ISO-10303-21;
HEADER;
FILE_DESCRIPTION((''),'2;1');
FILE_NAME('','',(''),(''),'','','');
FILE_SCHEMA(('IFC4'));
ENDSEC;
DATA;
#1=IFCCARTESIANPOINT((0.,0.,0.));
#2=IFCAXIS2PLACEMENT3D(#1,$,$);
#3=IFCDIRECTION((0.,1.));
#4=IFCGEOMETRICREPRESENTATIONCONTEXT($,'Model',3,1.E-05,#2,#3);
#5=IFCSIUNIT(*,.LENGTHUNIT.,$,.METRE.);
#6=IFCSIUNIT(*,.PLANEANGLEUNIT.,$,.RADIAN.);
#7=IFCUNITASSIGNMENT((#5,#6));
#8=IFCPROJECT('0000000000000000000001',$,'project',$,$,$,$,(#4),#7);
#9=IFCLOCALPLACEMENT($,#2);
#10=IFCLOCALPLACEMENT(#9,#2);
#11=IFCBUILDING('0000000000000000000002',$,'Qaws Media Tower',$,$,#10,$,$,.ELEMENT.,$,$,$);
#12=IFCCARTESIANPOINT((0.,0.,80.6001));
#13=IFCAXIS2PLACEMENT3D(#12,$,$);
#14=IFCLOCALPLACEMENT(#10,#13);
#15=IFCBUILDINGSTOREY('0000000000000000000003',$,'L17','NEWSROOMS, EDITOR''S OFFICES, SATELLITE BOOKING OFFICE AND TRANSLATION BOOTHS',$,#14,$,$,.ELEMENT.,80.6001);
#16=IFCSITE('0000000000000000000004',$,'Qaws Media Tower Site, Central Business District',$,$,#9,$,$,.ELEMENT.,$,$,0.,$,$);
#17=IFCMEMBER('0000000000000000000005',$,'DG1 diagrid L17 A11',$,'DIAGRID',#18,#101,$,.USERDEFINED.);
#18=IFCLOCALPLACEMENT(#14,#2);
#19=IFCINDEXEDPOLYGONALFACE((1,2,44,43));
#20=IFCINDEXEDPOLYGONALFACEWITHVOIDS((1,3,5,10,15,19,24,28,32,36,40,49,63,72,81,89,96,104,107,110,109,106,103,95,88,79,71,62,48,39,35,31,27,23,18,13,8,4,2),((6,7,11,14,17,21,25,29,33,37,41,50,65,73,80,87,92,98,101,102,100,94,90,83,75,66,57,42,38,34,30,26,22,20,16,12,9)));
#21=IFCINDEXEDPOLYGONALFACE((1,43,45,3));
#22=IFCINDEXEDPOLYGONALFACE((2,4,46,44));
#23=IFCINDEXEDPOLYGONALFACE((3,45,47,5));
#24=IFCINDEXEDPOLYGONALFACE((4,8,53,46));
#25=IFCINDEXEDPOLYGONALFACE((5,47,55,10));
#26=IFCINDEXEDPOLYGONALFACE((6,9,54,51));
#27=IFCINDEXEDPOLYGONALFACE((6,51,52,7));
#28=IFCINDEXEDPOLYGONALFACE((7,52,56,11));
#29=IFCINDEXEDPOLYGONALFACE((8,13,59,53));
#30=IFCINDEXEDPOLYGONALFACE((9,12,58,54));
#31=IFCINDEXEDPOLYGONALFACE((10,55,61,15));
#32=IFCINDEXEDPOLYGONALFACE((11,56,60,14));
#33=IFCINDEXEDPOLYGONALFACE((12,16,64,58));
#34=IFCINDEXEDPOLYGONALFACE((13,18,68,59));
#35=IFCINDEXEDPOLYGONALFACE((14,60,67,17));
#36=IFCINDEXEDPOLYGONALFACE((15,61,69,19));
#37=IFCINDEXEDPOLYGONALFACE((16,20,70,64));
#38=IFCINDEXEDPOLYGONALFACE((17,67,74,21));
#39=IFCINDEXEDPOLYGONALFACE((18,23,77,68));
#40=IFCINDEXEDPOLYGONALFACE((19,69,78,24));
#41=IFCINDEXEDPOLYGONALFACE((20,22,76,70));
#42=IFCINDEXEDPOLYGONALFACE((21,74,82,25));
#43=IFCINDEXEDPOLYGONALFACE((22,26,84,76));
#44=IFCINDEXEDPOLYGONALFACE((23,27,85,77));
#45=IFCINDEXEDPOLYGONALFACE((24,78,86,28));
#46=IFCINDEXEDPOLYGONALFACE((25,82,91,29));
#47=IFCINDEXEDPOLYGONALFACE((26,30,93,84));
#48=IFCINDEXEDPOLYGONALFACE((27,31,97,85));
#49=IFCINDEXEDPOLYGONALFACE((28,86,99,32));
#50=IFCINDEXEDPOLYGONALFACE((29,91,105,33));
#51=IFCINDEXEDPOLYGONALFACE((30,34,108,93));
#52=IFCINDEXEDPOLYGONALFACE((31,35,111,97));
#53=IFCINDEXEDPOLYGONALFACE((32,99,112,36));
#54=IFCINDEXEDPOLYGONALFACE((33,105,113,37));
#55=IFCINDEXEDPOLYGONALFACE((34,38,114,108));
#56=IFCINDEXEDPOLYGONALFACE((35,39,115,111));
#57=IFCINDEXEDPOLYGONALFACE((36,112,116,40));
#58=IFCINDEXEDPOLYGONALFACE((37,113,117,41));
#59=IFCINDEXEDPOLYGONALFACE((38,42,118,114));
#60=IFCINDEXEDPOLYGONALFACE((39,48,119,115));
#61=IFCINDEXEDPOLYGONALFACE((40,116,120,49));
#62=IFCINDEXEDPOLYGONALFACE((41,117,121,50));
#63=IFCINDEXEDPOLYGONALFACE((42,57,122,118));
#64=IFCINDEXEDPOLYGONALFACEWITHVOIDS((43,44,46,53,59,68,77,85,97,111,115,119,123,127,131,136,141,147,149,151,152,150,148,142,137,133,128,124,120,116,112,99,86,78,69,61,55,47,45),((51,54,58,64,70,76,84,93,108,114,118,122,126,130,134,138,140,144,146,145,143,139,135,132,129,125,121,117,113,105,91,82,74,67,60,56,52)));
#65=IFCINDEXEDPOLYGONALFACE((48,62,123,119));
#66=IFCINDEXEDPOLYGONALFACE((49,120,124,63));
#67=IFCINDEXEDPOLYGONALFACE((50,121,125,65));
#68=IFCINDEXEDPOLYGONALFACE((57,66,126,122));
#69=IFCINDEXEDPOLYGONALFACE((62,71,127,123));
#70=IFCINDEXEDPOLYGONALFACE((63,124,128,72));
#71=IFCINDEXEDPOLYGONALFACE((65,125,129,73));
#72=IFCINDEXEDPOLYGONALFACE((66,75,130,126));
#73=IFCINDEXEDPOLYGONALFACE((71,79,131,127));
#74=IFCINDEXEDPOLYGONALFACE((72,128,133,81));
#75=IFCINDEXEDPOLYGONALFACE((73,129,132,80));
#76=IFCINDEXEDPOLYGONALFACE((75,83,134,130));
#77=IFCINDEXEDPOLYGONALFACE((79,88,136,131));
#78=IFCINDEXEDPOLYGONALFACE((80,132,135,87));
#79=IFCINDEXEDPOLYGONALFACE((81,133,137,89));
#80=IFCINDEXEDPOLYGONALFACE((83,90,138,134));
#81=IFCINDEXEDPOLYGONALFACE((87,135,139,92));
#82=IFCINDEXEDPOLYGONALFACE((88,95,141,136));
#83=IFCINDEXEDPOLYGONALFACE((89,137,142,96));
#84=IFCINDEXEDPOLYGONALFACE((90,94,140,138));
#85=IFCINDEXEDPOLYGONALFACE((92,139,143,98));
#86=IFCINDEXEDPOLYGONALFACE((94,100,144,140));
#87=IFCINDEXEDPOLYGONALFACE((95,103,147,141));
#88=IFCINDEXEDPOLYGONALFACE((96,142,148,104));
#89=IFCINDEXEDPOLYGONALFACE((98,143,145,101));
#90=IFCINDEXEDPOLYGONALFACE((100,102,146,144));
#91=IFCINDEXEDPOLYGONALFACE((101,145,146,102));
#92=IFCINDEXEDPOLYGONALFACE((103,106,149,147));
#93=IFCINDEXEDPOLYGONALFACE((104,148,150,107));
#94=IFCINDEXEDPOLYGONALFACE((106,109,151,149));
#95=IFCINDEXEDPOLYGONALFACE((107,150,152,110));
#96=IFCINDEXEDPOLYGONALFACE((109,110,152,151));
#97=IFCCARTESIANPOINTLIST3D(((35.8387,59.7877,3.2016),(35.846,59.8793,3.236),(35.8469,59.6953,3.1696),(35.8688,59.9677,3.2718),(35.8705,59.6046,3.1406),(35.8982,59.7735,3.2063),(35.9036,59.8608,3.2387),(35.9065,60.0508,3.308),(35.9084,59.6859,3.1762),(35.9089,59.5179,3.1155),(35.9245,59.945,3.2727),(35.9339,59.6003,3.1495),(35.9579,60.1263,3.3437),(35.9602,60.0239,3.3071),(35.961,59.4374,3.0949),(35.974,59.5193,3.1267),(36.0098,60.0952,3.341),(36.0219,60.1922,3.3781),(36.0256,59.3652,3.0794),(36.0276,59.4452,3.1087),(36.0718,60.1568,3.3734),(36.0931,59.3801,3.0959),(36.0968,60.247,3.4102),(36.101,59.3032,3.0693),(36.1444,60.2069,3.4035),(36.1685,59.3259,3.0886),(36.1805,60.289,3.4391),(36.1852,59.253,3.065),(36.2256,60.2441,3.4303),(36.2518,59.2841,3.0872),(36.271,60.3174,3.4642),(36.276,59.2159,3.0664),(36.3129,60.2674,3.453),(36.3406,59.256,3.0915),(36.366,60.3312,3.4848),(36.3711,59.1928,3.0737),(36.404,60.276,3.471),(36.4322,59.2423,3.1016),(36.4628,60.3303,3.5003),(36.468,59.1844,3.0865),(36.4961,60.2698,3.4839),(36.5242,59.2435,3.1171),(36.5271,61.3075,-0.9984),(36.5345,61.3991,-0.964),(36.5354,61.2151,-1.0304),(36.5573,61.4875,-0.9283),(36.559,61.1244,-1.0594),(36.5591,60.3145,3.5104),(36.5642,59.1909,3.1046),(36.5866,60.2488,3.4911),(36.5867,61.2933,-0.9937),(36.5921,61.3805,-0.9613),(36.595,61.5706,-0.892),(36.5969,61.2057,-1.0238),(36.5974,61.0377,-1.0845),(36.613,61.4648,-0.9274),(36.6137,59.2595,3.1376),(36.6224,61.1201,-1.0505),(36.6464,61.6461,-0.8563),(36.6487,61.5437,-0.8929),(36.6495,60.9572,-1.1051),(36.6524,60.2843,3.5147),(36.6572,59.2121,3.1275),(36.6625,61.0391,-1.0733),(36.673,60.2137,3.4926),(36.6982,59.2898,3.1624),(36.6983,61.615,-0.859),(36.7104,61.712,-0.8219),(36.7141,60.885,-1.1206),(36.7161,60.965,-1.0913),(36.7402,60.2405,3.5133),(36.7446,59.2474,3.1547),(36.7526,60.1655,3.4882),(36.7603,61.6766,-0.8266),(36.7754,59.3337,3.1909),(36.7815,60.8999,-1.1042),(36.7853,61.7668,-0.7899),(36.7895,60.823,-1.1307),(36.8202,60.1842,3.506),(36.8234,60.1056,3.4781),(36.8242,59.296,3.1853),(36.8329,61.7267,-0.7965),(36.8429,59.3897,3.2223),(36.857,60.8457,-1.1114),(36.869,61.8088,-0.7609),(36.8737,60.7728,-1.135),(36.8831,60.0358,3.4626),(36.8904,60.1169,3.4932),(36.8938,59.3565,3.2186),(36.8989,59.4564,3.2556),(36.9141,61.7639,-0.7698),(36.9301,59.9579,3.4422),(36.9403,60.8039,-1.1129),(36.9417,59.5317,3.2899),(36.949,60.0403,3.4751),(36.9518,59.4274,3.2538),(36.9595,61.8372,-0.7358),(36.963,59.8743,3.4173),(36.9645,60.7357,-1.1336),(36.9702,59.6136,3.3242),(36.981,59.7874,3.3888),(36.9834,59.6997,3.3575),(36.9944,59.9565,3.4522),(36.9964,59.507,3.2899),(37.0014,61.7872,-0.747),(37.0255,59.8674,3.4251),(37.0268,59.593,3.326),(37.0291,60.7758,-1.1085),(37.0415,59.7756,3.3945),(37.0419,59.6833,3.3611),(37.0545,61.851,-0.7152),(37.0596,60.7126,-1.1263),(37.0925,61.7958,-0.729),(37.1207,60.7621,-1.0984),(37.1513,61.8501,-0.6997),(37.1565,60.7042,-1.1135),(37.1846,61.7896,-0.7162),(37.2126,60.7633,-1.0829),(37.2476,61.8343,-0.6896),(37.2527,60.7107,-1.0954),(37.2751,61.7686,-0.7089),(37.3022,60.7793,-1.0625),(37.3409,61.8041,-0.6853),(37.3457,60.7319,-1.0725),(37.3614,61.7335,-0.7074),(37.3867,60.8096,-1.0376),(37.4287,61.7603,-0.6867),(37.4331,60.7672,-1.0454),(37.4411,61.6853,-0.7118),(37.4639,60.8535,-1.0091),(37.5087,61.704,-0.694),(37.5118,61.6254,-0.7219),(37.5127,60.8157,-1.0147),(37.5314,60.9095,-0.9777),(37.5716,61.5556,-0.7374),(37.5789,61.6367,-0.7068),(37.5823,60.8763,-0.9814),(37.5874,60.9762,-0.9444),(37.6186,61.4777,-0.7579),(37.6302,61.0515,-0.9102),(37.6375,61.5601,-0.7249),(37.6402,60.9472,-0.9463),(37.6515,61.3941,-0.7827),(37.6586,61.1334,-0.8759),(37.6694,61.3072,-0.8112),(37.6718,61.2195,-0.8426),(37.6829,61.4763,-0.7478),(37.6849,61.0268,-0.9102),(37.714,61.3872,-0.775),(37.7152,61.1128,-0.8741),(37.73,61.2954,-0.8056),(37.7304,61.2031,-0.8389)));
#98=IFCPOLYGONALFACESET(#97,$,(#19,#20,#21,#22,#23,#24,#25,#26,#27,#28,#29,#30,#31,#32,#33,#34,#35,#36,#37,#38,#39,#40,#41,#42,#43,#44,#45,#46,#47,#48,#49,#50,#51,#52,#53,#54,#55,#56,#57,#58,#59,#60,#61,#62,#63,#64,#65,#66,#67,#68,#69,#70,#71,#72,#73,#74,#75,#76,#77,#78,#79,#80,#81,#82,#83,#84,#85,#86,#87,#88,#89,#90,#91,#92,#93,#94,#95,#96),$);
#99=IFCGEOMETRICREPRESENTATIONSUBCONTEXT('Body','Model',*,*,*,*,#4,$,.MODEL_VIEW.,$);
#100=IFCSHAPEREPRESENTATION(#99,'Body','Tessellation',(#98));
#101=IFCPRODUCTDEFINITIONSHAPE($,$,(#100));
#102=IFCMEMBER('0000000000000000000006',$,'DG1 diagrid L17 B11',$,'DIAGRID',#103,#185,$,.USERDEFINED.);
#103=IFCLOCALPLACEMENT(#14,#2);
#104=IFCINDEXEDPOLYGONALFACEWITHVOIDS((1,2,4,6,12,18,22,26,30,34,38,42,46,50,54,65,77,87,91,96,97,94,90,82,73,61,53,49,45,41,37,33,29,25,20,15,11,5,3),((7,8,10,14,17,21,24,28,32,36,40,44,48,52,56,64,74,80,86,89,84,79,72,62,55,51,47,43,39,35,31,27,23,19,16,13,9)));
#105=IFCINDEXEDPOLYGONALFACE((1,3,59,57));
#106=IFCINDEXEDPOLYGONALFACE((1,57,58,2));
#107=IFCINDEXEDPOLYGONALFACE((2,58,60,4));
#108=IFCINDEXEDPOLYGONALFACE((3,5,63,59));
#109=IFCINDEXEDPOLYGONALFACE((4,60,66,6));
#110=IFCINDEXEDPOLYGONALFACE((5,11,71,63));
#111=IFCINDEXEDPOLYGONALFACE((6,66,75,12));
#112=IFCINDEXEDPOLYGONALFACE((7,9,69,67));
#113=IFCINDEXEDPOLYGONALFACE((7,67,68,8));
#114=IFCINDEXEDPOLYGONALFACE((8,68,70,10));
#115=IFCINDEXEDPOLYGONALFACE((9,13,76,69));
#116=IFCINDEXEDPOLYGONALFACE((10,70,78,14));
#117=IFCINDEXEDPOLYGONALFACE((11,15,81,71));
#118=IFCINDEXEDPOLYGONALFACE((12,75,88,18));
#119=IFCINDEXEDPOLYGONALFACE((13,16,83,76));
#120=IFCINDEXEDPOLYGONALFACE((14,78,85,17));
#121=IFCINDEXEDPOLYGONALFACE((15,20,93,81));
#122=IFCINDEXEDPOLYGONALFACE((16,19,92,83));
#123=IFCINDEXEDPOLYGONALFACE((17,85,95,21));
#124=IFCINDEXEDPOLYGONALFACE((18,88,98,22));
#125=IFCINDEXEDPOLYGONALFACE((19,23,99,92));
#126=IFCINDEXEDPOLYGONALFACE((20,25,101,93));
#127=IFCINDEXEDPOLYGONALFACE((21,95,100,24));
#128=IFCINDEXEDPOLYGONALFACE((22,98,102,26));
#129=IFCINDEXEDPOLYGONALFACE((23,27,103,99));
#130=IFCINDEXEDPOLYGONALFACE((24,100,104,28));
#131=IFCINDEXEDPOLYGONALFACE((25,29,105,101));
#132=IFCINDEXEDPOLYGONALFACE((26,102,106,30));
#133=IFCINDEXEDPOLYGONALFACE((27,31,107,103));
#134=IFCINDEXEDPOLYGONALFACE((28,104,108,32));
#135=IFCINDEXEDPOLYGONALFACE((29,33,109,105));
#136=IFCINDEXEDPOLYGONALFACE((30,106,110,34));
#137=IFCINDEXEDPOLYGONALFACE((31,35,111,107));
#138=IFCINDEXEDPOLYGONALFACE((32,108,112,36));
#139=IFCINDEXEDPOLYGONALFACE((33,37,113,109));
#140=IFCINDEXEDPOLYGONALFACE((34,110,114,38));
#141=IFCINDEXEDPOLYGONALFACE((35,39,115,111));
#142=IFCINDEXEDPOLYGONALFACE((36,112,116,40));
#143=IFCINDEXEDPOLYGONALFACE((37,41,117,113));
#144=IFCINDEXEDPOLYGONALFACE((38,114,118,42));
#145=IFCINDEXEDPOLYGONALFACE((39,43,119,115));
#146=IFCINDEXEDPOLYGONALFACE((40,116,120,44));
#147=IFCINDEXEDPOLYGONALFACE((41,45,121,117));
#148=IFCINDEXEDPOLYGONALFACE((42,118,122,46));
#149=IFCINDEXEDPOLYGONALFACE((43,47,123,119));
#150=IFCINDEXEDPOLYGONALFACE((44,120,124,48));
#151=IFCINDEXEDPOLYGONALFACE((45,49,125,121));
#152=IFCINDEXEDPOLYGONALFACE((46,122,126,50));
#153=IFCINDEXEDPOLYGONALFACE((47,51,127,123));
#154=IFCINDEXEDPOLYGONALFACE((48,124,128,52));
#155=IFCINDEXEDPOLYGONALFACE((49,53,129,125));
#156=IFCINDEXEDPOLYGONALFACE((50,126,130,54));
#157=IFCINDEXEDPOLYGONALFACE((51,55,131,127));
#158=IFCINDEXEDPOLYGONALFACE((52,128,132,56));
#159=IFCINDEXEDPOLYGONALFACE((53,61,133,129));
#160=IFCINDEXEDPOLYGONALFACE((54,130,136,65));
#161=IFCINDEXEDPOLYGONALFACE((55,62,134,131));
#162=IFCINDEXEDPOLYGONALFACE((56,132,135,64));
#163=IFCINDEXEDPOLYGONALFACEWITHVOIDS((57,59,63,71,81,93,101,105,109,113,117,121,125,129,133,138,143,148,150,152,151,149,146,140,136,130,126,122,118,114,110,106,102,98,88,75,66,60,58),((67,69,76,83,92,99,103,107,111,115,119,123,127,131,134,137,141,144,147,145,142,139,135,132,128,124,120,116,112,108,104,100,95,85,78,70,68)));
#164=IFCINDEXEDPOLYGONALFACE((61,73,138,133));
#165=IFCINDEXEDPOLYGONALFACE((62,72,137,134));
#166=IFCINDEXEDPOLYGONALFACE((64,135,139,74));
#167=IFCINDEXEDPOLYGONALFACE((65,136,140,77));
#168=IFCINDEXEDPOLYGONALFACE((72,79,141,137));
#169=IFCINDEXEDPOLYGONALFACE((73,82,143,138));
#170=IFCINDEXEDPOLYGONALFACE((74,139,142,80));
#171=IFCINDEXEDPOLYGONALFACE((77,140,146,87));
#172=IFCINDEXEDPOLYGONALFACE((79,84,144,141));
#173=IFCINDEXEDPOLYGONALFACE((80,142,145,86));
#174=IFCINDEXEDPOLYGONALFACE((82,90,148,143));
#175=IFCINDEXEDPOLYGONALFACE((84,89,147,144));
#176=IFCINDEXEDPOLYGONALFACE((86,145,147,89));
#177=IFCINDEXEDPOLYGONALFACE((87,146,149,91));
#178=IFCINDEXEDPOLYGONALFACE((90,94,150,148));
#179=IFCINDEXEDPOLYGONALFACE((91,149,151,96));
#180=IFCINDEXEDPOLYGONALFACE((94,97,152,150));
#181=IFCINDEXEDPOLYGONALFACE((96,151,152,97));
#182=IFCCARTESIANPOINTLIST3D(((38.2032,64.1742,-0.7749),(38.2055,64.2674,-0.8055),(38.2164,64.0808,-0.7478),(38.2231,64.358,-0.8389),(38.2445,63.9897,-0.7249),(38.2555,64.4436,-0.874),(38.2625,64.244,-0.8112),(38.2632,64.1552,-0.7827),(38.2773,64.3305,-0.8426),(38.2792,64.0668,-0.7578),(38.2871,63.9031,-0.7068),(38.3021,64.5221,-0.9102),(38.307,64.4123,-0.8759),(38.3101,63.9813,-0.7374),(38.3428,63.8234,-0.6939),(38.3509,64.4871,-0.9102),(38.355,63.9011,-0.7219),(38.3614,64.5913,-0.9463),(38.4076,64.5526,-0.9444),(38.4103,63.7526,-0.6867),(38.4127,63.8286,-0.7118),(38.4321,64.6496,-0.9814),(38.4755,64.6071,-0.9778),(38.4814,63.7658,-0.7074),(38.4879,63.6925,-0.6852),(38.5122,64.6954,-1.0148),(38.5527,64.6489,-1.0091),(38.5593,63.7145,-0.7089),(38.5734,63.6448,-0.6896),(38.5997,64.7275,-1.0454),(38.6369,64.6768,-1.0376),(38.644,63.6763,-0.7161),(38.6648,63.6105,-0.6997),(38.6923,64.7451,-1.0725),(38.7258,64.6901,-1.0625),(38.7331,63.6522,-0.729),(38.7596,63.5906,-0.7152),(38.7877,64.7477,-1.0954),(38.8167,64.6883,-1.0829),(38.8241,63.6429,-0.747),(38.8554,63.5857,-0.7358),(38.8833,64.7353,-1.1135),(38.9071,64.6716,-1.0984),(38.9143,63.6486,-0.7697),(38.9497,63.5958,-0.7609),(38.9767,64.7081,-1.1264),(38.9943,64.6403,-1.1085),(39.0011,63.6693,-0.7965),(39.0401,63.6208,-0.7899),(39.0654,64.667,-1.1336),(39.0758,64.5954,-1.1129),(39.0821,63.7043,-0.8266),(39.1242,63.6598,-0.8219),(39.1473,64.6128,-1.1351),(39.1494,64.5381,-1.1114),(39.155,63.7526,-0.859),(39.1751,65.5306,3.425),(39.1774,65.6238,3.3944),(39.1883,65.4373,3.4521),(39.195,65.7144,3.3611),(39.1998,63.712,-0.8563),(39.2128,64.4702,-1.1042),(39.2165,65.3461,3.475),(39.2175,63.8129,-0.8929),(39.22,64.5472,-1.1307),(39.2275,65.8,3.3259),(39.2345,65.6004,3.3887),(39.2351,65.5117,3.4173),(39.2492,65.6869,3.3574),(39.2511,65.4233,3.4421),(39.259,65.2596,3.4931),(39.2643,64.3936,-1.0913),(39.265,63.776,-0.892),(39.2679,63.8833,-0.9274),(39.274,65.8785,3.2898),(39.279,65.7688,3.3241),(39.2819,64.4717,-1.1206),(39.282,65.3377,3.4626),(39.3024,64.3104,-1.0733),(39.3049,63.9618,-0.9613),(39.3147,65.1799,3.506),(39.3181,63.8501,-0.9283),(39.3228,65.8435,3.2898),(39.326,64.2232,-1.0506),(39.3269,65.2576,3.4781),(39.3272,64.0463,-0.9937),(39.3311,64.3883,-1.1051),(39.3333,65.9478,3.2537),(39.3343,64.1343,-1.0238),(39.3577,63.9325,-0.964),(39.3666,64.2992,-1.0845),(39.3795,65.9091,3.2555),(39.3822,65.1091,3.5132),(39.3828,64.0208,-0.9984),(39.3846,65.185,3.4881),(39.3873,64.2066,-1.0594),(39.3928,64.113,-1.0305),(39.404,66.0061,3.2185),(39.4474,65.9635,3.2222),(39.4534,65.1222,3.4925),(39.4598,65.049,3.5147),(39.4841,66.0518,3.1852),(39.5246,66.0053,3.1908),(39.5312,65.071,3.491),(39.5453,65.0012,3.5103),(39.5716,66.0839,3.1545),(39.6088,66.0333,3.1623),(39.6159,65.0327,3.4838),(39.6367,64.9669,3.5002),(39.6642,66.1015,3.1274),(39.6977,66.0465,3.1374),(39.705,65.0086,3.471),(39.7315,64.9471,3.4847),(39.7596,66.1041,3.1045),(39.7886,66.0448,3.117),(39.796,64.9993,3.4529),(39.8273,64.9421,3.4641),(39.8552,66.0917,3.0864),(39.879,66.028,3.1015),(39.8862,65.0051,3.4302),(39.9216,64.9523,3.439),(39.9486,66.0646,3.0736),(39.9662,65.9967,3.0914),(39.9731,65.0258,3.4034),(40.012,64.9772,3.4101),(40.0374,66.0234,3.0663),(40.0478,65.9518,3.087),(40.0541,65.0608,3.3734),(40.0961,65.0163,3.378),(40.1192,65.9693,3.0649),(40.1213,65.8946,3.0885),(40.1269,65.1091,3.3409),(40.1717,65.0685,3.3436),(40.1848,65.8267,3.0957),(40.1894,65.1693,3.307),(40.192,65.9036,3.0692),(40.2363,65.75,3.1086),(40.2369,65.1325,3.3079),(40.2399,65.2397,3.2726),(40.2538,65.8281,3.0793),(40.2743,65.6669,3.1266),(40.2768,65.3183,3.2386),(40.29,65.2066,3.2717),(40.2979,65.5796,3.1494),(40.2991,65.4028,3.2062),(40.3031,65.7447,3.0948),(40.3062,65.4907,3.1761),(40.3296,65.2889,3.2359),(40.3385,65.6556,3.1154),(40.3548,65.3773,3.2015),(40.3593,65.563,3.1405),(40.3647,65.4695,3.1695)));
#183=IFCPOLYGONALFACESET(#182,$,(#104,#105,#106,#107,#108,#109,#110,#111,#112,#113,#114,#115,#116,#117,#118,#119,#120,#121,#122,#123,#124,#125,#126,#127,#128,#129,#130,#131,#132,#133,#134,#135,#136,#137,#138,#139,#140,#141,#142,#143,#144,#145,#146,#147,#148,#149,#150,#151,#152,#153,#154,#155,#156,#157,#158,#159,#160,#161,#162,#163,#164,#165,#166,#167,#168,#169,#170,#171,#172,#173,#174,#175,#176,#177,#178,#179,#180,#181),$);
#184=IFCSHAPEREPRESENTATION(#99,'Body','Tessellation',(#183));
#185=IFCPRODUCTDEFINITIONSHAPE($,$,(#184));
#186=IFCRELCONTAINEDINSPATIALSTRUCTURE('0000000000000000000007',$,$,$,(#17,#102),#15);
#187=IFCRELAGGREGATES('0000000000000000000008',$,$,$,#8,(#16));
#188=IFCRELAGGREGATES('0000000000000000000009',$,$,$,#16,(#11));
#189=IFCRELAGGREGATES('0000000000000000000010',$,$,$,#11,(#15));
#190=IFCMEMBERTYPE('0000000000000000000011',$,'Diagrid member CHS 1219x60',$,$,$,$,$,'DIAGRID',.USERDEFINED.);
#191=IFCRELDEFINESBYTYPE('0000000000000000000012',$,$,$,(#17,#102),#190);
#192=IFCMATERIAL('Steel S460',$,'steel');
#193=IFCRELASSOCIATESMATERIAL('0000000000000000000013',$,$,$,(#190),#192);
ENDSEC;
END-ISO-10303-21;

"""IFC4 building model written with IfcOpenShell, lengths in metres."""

from ifc_helpers import new_model, si_unit, direction, frame, origin, origin_2d, place, context, subcontext, project, spatial, hollow_circle, extrude, material, material_profile, profile_set, type_object, element, save


model = new_model("IFC4")

# Units and contexts
model_context = context("Model", 3, precision=1e-05, world=origin(), true_north=direction((0.0, 1.0)))
body_context = subcontext(model_context, "Body", "Model", "MODEL_VIEW")
ifc_project = project(units=[si_unit("LENGTHUNIT", "METRE"), si_unit("PLANEANGLEUNIT", "RADIAN")], contexts=[model_context])

# Site, building, storey
site_placement = place(None, origin())
site = spatial("IfcSite", under=ifc_project, at=site_placement, Name="Qaws Media Tower Site, Central Business District", CompositionType="ELEMENT", RefElevation=0.0)
building_placement = place(site_placement, origin())
building = spatial("IfcBuilding", under=site, at=building_placement, Name="Qaws Media Tower", CompositionType="ELEMENT")
storey_placement = place(building_placement, frame((0.0, 0.0, 80.6001)))
storey = spatial("IfcBuildingStorey", under=building, at=storey_placement, Name="L17", Description="NEWSROOMS, EDITOR'S OFFICES, SATELLITE BOOKING OFFICE AND TRANSLATION BOOTHS", CompositionType="ELEMENT", Elevation=80.6001)

# Members
ifc_material_1 = material(Name="Steel S460", Category="steel")
ifc_material_profile_1 = material_profile(ifc_material_1, hollow_circle(Radius=0.6096, WallThickness=0.0601, at=origin_2d()), Name="CHS 1219x60")
ifc_profile_set_1 = profile_set([ifc_material_profile_1], Name="Steel S460")
member_type_1 = type_object("IfcMemberType", Name="Diagrid member CHS 1219x60", ElementType="DIAGRID", PredefinedType="USERDEFINED", material=ifc_profile_set_1)
for number, where, z_axis, x_axis, name in (
    (1, (37.1296, 61.2783, -0.9102), (-0.152344, -0.336292, 0.929354), (0.910892, -0.412645, 0.0), "DG1 diagrid L17 A11"),
    (2, (38.7976, 64.167, -0.9102), (0.21506, 0.300144, 0.929334), (-0.812873, 0.582442, 0.0), "DG1 diagrid L17 B11"),
):
    element("IfcMember", number, at=place(storey_placement, frame(where, z_axis=z_axis, x_axis=x_axis)), inside=storey, type_object=member_type_1, Name=name, ObjectType="DIAGRID", PredefinedType="USERDEFINED", context=body_context, shape_type="SweptSolid", body=[
        extrude(hollow_circle(Radius=0.6096, WallThickness=0.0601, at=origin_2d()), origin(), (0.0, 0.0, 1.0), 4.5193),
    ])

save(model, "model.ifc")
